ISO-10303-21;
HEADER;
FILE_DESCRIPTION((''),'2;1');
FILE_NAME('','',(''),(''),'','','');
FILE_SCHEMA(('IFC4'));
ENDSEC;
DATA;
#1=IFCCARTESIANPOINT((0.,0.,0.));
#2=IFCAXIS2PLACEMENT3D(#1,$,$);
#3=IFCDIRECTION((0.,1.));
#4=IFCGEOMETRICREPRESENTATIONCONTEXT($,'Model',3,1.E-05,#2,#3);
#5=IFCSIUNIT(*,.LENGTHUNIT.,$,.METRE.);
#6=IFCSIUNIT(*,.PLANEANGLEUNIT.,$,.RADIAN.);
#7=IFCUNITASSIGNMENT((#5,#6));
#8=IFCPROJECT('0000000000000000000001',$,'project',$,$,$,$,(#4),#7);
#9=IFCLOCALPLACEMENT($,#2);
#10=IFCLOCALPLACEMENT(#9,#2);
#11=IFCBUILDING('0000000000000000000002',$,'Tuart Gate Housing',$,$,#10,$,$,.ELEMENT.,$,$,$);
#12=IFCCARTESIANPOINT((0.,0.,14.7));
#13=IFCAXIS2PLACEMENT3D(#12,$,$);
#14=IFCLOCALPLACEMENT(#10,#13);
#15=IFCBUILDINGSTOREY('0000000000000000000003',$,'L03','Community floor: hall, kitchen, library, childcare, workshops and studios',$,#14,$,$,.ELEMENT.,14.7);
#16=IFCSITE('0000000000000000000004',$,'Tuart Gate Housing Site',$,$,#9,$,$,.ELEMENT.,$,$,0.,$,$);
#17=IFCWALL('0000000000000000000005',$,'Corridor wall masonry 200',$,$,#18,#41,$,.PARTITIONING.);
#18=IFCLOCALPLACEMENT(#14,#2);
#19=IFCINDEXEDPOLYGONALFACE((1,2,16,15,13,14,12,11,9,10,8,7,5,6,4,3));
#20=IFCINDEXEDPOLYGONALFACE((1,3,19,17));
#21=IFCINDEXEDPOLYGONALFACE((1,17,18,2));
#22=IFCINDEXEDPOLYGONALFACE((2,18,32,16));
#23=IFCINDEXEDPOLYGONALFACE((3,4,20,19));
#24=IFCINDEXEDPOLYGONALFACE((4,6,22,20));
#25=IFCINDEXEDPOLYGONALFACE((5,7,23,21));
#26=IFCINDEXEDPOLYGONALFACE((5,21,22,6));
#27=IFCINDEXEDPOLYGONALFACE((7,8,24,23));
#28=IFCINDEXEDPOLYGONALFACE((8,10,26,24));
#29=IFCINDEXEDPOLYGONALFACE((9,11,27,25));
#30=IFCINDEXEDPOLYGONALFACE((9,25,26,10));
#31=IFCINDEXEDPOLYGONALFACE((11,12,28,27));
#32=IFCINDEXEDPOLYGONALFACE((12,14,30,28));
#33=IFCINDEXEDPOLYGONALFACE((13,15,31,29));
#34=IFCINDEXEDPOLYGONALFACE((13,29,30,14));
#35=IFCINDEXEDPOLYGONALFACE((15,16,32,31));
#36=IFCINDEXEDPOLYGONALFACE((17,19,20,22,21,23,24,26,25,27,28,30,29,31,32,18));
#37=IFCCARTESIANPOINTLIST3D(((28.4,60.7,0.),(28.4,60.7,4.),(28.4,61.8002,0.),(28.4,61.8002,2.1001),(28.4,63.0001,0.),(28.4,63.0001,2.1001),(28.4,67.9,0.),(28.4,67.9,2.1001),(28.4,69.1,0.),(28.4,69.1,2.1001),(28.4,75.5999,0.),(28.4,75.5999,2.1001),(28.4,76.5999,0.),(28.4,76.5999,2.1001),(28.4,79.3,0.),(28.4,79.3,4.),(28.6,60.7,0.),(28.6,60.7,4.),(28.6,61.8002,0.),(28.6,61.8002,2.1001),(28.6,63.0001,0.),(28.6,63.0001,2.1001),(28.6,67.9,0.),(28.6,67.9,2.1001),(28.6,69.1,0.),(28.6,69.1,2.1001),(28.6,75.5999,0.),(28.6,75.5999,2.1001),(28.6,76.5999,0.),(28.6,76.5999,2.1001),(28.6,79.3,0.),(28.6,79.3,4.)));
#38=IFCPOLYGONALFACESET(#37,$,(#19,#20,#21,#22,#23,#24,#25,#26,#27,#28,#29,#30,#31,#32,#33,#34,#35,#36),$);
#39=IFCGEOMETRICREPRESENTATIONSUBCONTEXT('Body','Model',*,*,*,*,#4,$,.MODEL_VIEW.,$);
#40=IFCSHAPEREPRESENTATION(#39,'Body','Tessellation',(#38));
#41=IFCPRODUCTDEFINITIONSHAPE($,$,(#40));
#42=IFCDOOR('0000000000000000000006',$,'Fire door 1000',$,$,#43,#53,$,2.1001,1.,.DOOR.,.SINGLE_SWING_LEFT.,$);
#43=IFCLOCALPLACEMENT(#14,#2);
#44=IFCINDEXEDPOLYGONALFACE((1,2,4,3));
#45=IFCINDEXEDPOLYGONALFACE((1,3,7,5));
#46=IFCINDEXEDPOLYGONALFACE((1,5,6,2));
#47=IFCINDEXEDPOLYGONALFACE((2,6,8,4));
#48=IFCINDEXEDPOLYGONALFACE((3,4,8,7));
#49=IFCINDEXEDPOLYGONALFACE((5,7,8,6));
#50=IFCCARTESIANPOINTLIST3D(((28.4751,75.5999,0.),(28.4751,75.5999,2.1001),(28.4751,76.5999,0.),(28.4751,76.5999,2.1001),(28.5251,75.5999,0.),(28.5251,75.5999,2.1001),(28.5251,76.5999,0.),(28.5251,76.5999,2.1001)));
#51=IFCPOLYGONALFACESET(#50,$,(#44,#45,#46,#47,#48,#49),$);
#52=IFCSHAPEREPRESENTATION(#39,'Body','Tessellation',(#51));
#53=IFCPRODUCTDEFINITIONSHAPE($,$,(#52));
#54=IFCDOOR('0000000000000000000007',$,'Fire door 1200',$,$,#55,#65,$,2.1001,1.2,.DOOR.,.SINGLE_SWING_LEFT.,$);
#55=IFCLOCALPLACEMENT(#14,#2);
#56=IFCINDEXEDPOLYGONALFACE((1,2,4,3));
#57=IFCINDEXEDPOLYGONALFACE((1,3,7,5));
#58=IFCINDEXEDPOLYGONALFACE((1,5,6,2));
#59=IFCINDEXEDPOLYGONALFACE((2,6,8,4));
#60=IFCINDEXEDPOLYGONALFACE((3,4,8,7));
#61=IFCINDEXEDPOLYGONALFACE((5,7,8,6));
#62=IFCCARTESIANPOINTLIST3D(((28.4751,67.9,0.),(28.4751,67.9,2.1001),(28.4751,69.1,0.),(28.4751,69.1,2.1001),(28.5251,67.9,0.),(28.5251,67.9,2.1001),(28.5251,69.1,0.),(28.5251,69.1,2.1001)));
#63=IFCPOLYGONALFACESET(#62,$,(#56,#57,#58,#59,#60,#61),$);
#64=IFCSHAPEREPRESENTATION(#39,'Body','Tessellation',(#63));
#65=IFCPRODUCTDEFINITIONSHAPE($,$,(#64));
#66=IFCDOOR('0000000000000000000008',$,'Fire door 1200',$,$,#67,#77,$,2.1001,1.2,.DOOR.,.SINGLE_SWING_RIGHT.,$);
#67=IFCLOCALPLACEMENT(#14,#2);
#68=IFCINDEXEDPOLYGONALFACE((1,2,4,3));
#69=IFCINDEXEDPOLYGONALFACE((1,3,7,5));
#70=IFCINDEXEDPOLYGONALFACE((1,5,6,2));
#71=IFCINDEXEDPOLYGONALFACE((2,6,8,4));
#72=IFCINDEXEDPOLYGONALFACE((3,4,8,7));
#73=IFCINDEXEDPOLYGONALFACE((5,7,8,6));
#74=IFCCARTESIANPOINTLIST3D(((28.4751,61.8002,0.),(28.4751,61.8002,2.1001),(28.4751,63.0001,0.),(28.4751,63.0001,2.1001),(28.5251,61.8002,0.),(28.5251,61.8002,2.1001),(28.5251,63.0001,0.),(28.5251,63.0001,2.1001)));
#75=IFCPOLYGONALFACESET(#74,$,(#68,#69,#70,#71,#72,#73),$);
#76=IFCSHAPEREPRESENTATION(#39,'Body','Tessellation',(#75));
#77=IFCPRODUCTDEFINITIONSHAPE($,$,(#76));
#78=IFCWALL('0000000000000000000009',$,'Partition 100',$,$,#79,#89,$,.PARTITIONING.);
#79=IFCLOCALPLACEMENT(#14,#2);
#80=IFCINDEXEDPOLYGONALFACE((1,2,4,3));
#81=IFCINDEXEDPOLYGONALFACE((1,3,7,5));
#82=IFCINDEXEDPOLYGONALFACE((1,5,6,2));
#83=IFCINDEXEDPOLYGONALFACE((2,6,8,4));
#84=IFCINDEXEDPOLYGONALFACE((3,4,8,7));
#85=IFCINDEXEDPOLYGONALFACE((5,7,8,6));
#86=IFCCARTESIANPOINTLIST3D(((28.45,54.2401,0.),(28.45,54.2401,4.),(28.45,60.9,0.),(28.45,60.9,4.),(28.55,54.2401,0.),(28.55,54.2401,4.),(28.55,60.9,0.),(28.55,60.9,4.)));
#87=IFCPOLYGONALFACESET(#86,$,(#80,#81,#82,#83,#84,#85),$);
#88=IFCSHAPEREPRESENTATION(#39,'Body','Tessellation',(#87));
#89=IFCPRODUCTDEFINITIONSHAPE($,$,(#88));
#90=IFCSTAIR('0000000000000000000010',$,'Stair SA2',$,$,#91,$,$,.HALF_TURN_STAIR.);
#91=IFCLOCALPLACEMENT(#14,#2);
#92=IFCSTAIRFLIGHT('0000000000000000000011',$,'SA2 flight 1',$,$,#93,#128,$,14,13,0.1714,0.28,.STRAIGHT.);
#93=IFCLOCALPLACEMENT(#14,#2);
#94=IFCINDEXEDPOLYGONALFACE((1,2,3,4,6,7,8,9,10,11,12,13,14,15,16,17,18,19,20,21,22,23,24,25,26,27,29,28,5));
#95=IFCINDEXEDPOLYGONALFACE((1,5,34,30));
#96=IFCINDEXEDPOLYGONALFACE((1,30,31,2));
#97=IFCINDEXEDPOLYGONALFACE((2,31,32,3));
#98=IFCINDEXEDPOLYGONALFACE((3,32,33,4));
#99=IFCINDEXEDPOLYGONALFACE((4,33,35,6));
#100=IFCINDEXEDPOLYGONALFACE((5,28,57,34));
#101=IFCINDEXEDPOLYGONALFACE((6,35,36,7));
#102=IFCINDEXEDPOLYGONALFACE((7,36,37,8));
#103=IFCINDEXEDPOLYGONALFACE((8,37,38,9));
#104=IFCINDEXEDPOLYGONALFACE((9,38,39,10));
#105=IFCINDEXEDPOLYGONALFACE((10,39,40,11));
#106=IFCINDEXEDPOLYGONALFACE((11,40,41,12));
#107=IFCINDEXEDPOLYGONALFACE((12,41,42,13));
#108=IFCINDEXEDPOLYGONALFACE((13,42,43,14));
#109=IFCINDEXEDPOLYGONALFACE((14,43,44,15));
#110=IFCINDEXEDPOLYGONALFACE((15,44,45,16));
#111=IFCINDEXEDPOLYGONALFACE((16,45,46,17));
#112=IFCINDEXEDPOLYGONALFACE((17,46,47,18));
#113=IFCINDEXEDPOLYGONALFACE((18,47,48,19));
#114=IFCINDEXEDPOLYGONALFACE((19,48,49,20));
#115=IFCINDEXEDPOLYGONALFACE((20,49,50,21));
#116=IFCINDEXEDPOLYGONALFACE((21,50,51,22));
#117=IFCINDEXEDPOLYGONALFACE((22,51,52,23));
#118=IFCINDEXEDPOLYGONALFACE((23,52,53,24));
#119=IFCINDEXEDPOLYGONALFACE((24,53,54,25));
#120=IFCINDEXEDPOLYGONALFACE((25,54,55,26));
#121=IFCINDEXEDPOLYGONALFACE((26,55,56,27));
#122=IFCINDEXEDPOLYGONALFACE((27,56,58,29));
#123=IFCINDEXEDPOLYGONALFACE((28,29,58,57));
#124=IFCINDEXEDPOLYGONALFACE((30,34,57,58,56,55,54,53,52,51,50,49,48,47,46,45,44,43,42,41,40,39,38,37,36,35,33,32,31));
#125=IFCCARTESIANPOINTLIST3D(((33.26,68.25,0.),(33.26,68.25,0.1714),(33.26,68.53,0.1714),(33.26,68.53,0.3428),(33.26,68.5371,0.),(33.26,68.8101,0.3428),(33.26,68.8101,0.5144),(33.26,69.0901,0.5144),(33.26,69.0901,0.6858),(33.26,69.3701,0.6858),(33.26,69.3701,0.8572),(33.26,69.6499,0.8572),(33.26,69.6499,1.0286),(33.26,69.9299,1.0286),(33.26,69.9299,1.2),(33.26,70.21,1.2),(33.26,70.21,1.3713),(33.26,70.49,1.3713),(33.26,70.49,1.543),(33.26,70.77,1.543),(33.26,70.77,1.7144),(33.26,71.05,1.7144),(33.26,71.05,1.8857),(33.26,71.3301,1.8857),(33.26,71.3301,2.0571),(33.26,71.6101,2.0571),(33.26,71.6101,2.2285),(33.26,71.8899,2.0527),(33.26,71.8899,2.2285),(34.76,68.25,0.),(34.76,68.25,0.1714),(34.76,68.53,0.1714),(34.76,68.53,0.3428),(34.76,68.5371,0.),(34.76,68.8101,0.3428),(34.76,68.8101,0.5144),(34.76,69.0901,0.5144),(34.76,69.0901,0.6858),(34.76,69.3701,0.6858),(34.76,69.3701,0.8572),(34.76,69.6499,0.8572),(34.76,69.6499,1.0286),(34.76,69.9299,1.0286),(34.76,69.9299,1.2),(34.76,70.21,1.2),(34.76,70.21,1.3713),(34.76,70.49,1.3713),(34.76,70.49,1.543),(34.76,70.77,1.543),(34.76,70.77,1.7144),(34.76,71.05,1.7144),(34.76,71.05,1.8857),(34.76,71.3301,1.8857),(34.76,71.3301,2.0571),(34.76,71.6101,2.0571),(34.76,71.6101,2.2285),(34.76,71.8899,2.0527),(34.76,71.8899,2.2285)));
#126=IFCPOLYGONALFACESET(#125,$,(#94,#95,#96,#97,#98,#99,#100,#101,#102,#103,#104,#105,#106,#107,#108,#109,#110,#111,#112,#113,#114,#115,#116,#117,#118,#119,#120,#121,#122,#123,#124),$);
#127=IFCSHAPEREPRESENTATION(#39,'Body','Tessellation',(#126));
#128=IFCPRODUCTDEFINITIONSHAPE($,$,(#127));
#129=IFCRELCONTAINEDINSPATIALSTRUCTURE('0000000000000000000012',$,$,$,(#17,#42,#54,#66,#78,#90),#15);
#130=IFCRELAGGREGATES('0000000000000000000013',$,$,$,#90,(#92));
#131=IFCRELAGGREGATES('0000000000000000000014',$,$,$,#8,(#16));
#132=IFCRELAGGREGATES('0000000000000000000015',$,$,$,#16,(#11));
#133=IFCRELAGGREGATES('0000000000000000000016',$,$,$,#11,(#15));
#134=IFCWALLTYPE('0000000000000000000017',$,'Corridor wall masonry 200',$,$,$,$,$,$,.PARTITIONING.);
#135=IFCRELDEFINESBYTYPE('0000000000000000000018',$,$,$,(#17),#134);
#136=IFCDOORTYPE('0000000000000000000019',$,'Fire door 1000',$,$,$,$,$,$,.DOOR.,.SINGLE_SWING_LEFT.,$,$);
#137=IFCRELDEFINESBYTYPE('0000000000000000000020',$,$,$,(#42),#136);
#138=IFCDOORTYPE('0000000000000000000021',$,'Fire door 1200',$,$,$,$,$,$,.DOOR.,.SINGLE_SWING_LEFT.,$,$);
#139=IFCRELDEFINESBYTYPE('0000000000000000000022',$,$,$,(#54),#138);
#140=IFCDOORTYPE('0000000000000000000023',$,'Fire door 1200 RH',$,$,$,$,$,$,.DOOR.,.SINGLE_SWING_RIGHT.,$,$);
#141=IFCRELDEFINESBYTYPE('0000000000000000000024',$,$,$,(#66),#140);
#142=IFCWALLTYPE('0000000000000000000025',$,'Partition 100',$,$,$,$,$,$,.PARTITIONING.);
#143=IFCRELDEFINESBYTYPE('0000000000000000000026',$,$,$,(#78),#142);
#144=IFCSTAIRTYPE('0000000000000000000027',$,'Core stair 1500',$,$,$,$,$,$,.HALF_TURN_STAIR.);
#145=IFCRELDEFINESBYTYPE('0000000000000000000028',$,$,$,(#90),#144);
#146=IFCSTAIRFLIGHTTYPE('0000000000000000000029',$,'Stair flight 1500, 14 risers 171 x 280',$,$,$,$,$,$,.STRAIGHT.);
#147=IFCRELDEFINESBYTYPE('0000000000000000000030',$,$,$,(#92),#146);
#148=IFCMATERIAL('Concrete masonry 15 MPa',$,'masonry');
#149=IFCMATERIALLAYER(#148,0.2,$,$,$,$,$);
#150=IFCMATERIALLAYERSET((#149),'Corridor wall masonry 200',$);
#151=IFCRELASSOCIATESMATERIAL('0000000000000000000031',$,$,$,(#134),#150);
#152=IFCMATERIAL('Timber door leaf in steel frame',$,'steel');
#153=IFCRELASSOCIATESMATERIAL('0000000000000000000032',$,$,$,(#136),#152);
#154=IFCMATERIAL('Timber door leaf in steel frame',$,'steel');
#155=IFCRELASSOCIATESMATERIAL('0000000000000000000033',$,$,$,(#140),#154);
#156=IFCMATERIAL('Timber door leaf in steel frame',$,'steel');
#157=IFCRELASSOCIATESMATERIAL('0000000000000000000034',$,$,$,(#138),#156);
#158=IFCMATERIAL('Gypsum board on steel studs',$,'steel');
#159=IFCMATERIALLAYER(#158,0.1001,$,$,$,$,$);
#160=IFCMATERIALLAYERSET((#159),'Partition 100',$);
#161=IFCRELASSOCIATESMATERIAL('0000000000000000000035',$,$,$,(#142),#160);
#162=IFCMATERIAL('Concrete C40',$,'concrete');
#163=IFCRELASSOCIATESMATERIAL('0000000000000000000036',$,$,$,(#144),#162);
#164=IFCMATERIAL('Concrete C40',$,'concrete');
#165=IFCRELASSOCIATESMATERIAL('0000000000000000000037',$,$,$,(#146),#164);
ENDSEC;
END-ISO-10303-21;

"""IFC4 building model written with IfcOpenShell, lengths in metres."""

from ifc_helpers import new_model, si_unit, direction, frame, frame_2d, origin, place, context, subcontext, project, spatial, polyline, rectangle, outline, extrude, material, layer, layer_set, type_object, element, fill, aggregate, save


model = new_model("IFC4")

# Units and contexts
model_context = context("Model", 3, precision=1e-05, world=origin(), true_north=direction((0.0, 1.0)))
body_context = subcontext(model_context, "Body", "Model", "MODEL_VIEW")
ifc_project = project(units=[si_unit("LENGTHUNIT", "METRE"), si_unit("PLANEANGLEUNIT", "RADIAN")], contexts=[model_context])

# Site, building, storey
site_placement = place(None, origin())
site = spatial("IfcSite", under=ifc_project, at=site_placement, Name="Tuart Gate Housing Site", CompositionType="ELEMENT", RefElevation=0.0)
building_placement = place(site_placement, origin())
building = spatial("IfcBuilding", under=site, at=building_placement, Name="Tuart Gate Housing", CompositionType="ELEMENT")
storey_placement = place(building_placement, frame((0.0, 0.0, 14.7)))
storey = spatial("IfcBuildingStorey", under=building, at=storey_placement, Name="L03", Description="Community floor: hall, kitchen, library, childcare, workshops and studios", CompositionType="ELEMENT", Elevation=14.7)

# Wall, openings, doors
ifc_material_1 = material(Name="Concrete masonry 15 MPa", Category="masonry")
ifc_layer_1 = layer(ifc_material_1, 0.2)
ifc_layer_set_1 = layer_set([ifc_layer_1], Name="Corridor wall masonry 200")
wall_type_1 = type_object("IfcWallType", Name="Corridor wall masonry 200", PredefinedType="PARTITIONING", material=ifc_layer_set_1)
ifc_material_2 = material(Name="Timber door leaf in steel frame", Category="steel")
door_type_1 = type_object("IfcDoorType", Name="Fire door 1000", OperationType="SINGLE_SWING_LEFT", PredefinedType="DOOR", material=ifc_material_2)
ifc_material_3 = material(Name="Timber door leaf in steel frame", Category="steel")
door_type_2 = type_object("IfcDoorType", Name="Fire door 1200 RH", OperationType="SINGLE_SWING_RIGHT", PredefinedType="DOOR", material=ifc_material_3)
wall_1_placement = place(storey_placement, frame((28.5, 60.7, 0.0), z_axis=(0.0, 0.0, 1.0), x_axis=(0.0, 1.0, 0.0)))
wall_1 = element("IfcWall", 1, at=wall_1_placement, inside=storey, type_object=wall_type_1, Name="Corridor wall masonry 200", PredefinedType="PARTITIONING", context=body_context, shape_type="SweptSolid", body=[
    extrude(rectangle(XDim=18.6001, YDim=0.2, at=frame_2d((9.3, 0.0))), origin(), (0.0, 0.0, 1.0), 4.0),
])
opening_1_placement = place(wall_1_placement, frame((1.1001, 0.0, 0.0)))
opening_1 = element("IfcOpeningElement", 2, at=opening_1_placement, cuts=wall_1, PredefinedType="OPENING", context=body_context, shape_type="SweptSolid", body=[
    extrude(rectangle(XDim=1.2, YDim=2.1001, at=frame_2d((0.6001, 1.05))), frame((0.0, 0.1099, 0.0), z_axis=(0.0, -1.0, 0.0), x_axis=(1.0, 0.0, 0.0)), (0.0, 0.0, 1.0), 0.22),
])
opening_2_placement = place(wall_1_placement, frame((7.2, 0.0, 0.0)))
opening_2 = element("IfcOpeningElement", 3, at=opening_2_placement, cuts=wall_1, PredefinedType="OPENING", context=body_context, shape_type="SweptSolid", body=[
    extrude(rectangle(XDim=1.2, YDim=2.1001, at=frame_2d((0.6001, 1.05))), frame((0.0, 0.1099, 0.0), z_axis=(0.0, -1.0, 0.0), x_axis=(1.0, 0.0, 0.0)), (0.0, 0.0, 1.0), 0.22),
])
opening_3_placement = place(wall_1_placement, frame((14.8999, 0.0, 0.0)))
opening_3 = element("IfcOpeningElement", 4, at=opening_3_placement, cuts=wall_1, PredefinedType="OPENING", context=body_context, shape_type="SweptSolid", body=[
    extrude(rectangle(XDim=1.0, YDim=2.1001, at=frame_2d((0.5, 1.05))), frame((0.0, 0.1099, 0.0), z_axis=(0.0, -1.0, 0.0), x_axis=(1.0, 0.0, 0.0)), (0.0, 0.0, 1.0), 0.22),
])
door_1_placement = place(opening_3_placement, origin())
door_1 = element("IfcDoor", 5, at=door_1_placement, inside=storey, type_object=door_type_1, Name="Fire door 1000", OperationType="SINGLE_SWING_LEFT", OverallHeight=2.1001, OverallWidth=1.0, PredefinedType="DOOR", context=body_context, shape_type="SweptSolid", body=[
    extrude(rectangle(XDim=1.0, YDim=2.1001, at=frame_2d((0.5, 1.05))), frame((0.0, 0.0249, 0.0), z_axis=(0.0, -1.0, 0.0), x_axis=(1.0, 0.0, 0.0)), (0.0, 0.0, 1.0), 0.05),
])
fill(opening_3, door_1)
ifc_material_4 = material(Name="Timber door leaf in steel frame", Category="steel")
door_type_3 = type_object("IfcDoorType", Name="Fire door 1200", OperationType="SINGLE_SWING_LEFT", PredefinedType="DOOR", material=ifc_material_4)
door_2_placement = place(opening_2_placement, origin())
door_2 = element("IfcDoor", 6, at=door_2_placement, inside=storey, type_object=door_type_3, Name="Fire door 1200", OperationType="SINGLE_SWING_LEFT", OverallHeight=2.1001, OverallWidth=1.2, PredefinedType="DOOR", context=body_context, shape_type="SweptSolid", body=[
    extrude(rectangle(XDim=1.2, YDim=2.1001, at=frame_2d((0.6001, 1.05))), frame((0.0, 0.0249, 0.0), z_axis=(0.0, -1.0, 0.0), x_axis=(1.0, 0.0, 0.0)), (0.0, 0.0, 1.0), 0.05),
])
fill(opening_2, door_2)
door_3_placement = place(opening_1_placement, origin())
door_3 = element("IfcDoor", 7, at=door_3_placement, inside=storey, type_object=door_type_2, Name="Fire door 1200", OperationType="SINGLE_SWING_RIGHT", OverallHeight=2.1001, OverallWidth=1.2, PredefinedType="DOOR", context=body_context, shape_type="SweptSolid", body=[
    extrude(rectangle(XDim=1.2, YDim=2.1001, at=frame_2d((0.6001, 1.05))), frame((0.0, 0.0249, 0.0), z_axis=(0.0, -1.0, 0.0), x_axis=(1.0, 0.0, 0.0)), (0.0, 0.0, 1.0), 0.05),
])
fill(opening_1, door_3)

# Wall
ifc_material_5 = material(Name="Gypsum board on steel studs", Category="steel")
ifc_layer_2 = layer(ifc_material_5, 0.1001)
ifc_layer_set_2 = layer_set([ifc_layer_2], Name="Partition 100")
wall_type_2 = type_object("IfcWallType", Name="Partition 100", PredefinedType="PARTITIONING", material=ifc_layer_set_2)
wall_2_placement = place(storey_placement, frame((28.5, 54.24, 0.0), z_axis=(0.0, 0.0, 1.0), x_axis=(0.0, 1.0, 0.0)))
element("IfcWall", 8, at=wall_2_placement, inside=storey, type_object=wall_type_2, Name="Partition 100", PredefinedType="PARTITIONING", context=body_context, shape_type="SweptSolid", body=[
    extrude(rectangle(XDim=6.6599, YDim=0.1001, at=frame_2d((3.3301, 0.0))), origin(), (0.0, 0.0, 1.0), 4.0),
])

# Stair, stair flight
ifc_material_6 = material(Name="Concrete C40", Category="concrete")
stair_type = type_object("IfcStairType", Name="Core stair 1500", PredefinedType="HALF_TURN_STAIR", material=ifc_material_6)
stair_placement = place(storey_placement, origin())
stair = element("IfcStair", 9, at=stair_placement, inside=storey, type_object=stair_type, Name="Stair SA2", PredefinedType="HALF_TURN_STAIR")
ifc_material_7 = material(Name="Concrete C40", Category="concrete")
stair_flight_type = type_object("IfcStairFlightType", Name="Stair flight 1500, 14 risers 171 x 280", PredefinedType="STRAIGHT", material=ifc_material_7)
stair_flight_placement = place(storey_placement, frame((34.01, 68.25, 0.0), z_axis=(0.0, 0.0, 1.0), x_axis=(0.0, 1.0, 0.0)))
stair_flight = element("IfcStairFlight", 10, at=stair_flight_placement, type_object=stair_flight_type, Name="SA2 flight 1", NumberOfRisers=14, NumberOfTreads=13, PredefinedType="STRAIGHT", RiserHeight=0.1714, TreadLength=0.28, context=body_context, shape_type="SweptSolid", body=[
    extrude(outline(polyline([(0.0, 0.0), (0.0, 0.1714), (0.28, 0.1714), (0.28, 0.3428), (0.5601, 0.3428), (0.5601, 0.5144), (0.8401, 0.5144), (0.8401, 0.6858), (1.1201, 0.6858), (1.1201, 0.8572), (1.3999, 0.8572), (1.3999, 1.0286), (1.6799, 1.0286), (1.6799, 1.2), (1.96, 1.2), (1.96, 1.3713), (2.24, 1.3713), (2.24, 1.543), (2.52, 1.543), (2.52, 1.7144), (2.8, 1.7144), (2.8, 1.8857), (3.0801, 1.8857), (3.0801, 2.0571), (3.3601, 2.0571), (3.3601, 2.2285), (3.6399, 2.2285), (3.6399, 2.3999), (3.6399, 2.0527), (0.2871, 0.0), (0.0, 0.0)])), frame((0.0, 0.75, 0.0), z_axis=(0.0, -1.0, 0.0), x_axis=(1.0, 0.0, 0.0)), (0.0, 0.0, 1.0), 1.5),
])
aggregate(stair, [stair_flight])

save(model, "model.ifc")
